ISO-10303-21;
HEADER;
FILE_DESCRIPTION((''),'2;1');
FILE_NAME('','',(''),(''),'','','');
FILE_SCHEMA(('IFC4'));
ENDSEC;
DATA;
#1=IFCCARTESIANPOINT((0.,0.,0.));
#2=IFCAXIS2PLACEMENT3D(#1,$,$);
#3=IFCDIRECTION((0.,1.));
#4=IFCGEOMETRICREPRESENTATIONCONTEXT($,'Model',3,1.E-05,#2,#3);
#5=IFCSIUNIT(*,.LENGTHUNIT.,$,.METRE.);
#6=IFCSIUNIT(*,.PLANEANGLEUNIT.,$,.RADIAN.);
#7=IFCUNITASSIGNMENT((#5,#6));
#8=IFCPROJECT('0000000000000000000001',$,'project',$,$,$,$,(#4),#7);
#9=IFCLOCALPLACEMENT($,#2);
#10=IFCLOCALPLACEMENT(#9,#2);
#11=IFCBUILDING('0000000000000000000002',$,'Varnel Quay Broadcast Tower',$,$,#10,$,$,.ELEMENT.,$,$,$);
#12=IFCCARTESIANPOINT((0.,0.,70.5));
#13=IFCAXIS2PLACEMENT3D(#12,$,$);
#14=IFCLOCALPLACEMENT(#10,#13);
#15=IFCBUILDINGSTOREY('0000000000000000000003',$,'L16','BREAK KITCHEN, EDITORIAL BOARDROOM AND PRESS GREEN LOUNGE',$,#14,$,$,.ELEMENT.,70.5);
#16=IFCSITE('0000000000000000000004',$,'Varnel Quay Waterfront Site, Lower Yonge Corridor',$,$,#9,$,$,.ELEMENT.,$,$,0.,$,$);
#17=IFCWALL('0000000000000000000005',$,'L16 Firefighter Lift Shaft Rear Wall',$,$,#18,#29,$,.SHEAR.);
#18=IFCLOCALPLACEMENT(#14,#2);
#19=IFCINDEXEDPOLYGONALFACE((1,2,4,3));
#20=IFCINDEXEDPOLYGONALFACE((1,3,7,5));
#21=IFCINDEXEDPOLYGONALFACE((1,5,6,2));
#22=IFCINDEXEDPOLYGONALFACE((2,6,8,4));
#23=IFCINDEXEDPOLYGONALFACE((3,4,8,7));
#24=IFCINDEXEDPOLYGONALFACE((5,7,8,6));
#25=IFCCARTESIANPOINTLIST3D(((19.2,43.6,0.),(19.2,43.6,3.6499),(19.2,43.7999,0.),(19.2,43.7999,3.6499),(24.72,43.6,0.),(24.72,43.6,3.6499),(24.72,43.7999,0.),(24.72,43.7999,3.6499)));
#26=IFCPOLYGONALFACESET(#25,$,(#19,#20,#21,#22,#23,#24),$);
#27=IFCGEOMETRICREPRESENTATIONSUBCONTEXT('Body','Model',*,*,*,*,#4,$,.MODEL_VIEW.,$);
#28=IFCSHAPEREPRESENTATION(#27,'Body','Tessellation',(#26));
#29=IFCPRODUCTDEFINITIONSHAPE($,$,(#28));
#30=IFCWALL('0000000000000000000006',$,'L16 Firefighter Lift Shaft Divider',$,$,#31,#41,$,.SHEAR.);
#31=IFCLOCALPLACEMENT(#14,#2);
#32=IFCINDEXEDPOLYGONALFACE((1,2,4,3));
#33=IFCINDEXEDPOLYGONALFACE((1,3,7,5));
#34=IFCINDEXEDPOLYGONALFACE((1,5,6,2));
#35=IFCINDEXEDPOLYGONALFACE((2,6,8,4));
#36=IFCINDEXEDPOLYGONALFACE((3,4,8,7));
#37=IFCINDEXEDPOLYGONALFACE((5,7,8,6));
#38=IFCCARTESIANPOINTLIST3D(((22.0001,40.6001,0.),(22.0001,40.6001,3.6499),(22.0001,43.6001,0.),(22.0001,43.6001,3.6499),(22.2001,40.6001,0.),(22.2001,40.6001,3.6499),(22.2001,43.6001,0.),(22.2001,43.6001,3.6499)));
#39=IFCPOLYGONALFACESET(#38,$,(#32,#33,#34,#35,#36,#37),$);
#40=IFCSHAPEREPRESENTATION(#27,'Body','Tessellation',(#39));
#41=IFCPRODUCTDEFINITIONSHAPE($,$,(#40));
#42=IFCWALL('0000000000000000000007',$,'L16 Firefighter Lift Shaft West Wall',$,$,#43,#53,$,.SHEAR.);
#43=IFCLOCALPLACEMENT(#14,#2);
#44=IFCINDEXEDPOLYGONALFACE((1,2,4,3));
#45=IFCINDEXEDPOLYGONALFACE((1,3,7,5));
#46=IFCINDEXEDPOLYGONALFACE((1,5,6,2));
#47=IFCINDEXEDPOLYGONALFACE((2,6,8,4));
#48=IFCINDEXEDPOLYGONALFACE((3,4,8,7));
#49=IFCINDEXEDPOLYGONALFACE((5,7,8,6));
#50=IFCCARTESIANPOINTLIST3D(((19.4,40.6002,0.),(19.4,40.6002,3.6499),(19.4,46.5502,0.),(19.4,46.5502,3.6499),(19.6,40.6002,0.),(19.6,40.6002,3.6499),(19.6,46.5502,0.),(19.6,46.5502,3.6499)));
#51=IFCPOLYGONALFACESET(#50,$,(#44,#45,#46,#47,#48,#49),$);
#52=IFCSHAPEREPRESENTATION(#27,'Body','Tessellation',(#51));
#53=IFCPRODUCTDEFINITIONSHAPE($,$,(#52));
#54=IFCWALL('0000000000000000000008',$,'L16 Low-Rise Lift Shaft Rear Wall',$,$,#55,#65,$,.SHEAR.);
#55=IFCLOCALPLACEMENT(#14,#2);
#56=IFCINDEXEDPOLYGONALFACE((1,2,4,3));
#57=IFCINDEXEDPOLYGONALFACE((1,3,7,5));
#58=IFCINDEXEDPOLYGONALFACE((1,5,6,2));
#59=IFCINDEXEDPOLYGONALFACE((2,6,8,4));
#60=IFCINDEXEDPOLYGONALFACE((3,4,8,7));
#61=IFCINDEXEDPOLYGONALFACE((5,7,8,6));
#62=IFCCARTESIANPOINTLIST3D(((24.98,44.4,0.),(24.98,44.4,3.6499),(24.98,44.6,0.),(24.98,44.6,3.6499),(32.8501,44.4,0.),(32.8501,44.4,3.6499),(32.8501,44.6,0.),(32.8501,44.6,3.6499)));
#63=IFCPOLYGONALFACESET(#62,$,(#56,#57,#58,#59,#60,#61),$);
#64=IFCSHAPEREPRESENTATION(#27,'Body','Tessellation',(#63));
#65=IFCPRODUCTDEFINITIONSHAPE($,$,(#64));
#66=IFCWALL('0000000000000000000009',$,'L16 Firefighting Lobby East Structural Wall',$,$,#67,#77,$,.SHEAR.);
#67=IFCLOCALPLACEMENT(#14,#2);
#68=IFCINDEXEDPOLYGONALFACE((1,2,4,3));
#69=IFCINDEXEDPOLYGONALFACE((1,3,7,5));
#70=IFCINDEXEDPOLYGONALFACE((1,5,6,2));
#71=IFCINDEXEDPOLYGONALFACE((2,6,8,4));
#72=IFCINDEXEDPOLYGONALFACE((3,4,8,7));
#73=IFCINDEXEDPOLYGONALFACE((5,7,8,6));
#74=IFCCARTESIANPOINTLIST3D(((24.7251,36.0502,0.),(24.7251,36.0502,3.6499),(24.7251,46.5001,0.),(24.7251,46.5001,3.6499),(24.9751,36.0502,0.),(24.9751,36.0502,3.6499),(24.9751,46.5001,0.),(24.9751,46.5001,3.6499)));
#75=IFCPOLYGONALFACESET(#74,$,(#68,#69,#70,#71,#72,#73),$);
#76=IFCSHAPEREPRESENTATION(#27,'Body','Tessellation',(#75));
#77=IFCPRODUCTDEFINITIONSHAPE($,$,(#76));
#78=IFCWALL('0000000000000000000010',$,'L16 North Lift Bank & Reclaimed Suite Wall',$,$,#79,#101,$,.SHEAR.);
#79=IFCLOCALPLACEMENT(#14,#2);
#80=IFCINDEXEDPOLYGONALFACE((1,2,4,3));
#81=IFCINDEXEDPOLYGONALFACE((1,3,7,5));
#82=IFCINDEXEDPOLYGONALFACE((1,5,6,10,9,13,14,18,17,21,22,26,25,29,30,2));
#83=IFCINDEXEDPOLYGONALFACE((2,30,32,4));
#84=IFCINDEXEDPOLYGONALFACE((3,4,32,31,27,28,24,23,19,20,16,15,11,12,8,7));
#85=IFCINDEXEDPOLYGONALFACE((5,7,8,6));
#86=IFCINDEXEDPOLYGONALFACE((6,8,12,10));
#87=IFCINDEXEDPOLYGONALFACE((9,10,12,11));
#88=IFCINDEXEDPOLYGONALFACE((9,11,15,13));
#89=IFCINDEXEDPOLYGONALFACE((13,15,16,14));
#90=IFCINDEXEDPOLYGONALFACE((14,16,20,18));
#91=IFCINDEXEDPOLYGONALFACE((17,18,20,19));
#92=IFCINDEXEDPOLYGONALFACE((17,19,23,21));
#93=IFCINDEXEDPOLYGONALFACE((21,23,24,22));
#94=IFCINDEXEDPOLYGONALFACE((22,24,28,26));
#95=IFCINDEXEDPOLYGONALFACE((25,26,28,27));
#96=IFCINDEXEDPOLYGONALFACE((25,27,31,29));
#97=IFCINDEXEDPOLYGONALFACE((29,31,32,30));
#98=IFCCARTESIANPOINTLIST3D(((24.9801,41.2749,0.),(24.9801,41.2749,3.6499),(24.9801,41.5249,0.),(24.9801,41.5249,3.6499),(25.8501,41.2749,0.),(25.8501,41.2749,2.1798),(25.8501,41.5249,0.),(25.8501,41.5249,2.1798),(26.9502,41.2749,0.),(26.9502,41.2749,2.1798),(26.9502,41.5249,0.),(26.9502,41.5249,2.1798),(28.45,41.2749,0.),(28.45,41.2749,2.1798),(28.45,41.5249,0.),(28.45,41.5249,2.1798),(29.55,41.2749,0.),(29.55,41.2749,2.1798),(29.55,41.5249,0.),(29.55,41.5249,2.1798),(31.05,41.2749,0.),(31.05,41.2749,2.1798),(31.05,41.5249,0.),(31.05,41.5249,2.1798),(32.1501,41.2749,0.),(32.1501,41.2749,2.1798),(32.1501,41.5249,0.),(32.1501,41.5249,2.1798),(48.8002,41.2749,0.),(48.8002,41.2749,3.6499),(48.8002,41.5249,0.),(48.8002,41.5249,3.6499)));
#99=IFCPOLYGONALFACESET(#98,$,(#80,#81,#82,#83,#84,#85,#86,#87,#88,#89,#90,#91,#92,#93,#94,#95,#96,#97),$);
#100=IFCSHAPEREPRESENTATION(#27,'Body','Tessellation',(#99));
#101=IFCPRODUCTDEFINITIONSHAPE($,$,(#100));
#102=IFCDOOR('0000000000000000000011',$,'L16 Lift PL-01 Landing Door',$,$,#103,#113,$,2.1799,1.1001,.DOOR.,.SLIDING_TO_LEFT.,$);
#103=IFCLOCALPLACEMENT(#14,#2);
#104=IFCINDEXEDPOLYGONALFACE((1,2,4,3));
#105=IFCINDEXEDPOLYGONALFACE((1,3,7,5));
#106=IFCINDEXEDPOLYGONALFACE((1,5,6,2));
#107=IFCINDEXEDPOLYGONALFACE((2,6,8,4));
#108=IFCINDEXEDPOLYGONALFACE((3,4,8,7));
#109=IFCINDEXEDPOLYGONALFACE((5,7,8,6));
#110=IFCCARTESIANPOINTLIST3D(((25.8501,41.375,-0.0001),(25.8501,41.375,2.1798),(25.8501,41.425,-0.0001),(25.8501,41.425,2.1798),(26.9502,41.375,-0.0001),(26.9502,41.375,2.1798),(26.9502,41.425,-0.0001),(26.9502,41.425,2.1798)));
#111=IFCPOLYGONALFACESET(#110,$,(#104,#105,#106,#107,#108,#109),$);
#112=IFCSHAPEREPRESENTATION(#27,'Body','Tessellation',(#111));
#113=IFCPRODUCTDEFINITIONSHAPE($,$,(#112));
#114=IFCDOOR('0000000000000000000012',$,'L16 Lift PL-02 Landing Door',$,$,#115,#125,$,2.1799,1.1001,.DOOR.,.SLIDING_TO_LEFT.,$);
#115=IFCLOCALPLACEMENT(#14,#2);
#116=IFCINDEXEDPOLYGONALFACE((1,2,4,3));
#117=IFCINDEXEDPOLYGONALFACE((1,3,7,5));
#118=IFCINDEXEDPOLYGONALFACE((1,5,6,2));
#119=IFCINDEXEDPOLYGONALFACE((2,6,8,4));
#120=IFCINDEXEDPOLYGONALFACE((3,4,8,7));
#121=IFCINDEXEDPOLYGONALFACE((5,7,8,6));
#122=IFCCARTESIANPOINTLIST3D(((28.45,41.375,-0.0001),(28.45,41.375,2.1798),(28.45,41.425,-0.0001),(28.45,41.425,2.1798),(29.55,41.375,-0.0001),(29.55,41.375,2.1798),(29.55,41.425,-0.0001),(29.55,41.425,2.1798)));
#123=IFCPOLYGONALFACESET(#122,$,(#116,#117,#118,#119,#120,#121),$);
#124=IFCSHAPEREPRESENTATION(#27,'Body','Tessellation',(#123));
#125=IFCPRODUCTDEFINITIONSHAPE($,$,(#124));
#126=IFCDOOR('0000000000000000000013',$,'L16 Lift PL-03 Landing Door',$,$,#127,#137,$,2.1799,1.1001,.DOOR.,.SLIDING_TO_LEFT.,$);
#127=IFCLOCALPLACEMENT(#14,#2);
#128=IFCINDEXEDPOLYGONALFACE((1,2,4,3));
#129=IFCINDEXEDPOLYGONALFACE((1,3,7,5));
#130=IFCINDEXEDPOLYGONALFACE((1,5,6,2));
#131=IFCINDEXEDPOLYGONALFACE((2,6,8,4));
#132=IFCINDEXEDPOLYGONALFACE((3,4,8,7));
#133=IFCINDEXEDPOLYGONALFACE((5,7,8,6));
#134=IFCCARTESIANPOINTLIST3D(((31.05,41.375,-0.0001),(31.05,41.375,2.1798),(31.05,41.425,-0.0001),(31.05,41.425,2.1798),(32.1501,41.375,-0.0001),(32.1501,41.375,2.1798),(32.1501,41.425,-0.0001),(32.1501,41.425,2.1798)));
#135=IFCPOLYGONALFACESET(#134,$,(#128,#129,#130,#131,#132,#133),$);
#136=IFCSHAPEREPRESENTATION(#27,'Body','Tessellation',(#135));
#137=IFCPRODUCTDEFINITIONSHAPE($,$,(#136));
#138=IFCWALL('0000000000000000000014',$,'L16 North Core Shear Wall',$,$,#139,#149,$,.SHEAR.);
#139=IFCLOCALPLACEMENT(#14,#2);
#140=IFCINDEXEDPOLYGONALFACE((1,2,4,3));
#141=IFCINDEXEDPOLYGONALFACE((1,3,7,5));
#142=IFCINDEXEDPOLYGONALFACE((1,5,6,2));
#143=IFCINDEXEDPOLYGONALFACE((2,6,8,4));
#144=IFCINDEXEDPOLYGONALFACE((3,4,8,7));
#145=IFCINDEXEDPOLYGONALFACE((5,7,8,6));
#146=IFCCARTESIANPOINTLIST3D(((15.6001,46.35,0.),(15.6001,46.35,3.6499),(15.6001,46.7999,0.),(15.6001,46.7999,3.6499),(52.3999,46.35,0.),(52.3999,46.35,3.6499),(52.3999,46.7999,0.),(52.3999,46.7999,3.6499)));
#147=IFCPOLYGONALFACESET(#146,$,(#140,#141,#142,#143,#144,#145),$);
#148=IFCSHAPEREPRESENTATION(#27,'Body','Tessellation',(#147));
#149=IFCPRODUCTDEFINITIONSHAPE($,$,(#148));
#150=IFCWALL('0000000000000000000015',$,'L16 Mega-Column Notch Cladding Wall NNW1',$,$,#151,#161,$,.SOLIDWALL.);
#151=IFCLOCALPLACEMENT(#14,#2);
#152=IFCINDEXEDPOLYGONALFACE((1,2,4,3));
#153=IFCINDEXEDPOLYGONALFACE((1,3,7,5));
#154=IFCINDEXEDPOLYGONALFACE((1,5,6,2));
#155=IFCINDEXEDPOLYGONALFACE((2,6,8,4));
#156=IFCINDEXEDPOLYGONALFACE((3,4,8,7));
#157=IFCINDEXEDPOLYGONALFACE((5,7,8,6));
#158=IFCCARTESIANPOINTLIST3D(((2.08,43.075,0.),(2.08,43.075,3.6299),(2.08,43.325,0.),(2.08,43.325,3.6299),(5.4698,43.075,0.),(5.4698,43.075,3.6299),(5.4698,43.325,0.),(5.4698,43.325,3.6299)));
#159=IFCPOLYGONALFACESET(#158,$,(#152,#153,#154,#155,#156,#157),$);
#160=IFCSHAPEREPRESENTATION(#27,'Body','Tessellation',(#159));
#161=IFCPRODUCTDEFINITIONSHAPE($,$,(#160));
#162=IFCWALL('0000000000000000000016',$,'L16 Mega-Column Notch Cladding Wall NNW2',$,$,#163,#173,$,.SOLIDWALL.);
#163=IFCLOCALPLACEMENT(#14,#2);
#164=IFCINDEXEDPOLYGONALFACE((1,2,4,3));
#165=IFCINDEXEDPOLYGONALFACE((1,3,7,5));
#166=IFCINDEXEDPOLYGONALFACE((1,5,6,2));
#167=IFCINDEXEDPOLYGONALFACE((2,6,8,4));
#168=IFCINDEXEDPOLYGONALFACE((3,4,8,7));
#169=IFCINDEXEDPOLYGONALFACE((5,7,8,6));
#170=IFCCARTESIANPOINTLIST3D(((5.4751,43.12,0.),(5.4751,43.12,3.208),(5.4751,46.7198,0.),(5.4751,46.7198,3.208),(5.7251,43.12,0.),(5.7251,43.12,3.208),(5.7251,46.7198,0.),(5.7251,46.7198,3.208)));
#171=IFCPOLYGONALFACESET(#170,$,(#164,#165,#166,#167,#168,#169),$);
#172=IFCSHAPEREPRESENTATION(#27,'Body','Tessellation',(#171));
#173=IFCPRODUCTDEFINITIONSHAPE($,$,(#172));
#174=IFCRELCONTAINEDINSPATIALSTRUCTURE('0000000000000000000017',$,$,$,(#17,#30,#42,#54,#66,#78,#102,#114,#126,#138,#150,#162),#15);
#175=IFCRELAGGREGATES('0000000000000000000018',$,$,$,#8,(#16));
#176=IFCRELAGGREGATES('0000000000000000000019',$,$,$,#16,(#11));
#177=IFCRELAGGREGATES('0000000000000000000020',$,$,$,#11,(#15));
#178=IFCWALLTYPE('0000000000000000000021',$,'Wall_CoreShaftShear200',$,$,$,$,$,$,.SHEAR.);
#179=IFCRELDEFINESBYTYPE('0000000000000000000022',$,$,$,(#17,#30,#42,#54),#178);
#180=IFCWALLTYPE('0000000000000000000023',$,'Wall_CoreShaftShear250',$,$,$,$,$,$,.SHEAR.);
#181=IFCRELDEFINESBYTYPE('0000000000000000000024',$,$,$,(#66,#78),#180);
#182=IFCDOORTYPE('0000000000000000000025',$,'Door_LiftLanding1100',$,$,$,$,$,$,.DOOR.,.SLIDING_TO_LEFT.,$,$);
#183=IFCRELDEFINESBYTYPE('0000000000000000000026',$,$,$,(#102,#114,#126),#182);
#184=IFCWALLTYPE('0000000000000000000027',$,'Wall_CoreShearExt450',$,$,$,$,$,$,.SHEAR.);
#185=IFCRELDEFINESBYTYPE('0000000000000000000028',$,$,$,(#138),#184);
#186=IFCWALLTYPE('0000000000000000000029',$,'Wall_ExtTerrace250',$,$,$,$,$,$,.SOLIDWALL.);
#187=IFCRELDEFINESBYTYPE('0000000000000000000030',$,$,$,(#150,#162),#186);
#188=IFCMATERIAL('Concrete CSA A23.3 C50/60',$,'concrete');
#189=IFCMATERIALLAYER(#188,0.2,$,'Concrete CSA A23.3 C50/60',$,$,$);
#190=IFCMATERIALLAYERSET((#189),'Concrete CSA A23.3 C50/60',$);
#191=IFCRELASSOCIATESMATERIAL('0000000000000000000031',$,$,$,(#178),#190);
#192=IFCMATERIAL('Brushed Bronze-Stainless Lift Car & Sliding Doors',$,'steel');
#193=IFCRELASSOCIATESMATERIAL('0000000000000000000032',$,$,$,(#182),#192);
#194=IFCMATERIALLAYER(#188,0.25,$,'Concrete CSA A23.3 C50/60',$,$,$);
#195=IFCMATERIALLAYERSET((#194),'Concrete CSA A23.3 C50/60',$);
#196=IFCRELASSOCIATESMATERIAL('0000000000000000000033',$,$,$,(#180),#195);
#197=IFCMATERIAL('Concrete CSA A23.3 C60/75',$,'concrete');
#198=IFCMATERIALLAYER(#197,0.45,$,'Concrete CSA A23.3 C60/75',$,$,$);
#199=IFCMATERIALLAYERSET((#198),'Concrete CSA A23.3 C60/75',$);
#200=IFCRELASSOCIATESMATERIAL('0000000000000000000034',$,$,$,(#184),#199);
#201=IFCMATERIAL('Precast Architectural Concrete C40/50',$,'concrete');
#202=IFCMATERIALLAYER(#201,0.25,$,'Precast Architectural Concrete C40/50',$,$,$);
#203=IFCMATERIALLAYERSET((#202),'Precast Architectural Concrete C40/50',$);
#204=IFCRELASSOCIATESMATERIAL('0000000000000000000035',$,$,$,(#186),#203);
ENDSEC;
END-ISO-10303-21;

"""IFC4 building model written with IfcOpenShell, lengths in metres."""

from ifc_helpers import new_model, si_unit, direction, frame, frame_2d, origin, place, context, subcontext, project, spatial, rectangle, extrude, source, transform, mapped, material, layer, layer_set, type_object, type_shapes, element, fill, save


model = new_model("IFC4")

# Units and contexts
model_context = context("Model", 3, precision=1e-05, world=origin(), true_north=direction((0.0, 1.0)))
body_context = subcontext(model_context, "Body", "Model", "MODEL_VIEW")
ifc_project = project(units=[si_unit("LENGTHUNIT", "METRE"), si_unit("PLANEANGLEUNIT", "RADIAN")], contexts=[model_context])

# Site, building, storey
site_placement = place(None, origin())
site = spatial("IfcSite", under=ifc_project, at=site_placement, Name="Varnel Quay Waterfront Site, Lower Yonge Corridor", CompositionType="ELEMENT", RefElevation=0.0)
building_placement = place(site_placement, origin())
building = spatial("IfcBuilding", under=site, at=building_placement, Name="Varnel Quay Broadcast Tower", CompositionType="ELEMENT")
storey_placement = place(building_placement, frame((0.0, 0.0, 70.5)))
storey = spatial("IfcBuildingStorey", under=building, at=storey_placement, Name="L16", Description="BREAK KITCHEN, EDITORIAL BOARDROOM AND PRESS GREEN LOUNGE", CompositionType="ELEMENT", Elevation=70.5)

# Shared definitions
ifc_material_1 = material(Name="Concrete CSA A23.3 C50/60", Category="concrete")
ifc_layer_1 = layer(ifc_material_1, 0.2, Name="Concrete CSA A23.3 C50/60")
ifc_layer_set_1 = layer_set([ifc_layer_1], Name="Concrete CSA A23.3 C50/60")
wall_type_1 = type_object("IfcWallType", Name="Wall_CoreShaftShear200", PredefinedType="SHEAR", material=ifc_layer_set_1)

# Shared definitions
ifc_material_2 = material(Name="Brushed Bronze-Stainless Lift Car & Sliding Doors", Category="steel")
door_type = type_object("IfcDoorType", Name="Door_LiftLanding1100", OperationType="SLIDING_TO_LEFT", PredefinedType="DOOR", material=ifc_material_2)
shared_shape_1 = source(origin(), body_context, "Body", "SweptSolid", [
    extrude(rectangle(XDim=1.1001, YDim=2.1799, at=frame_2d((0.55, 1.0898))), frame((0.0, 0.0249, 0.0), z_axis=(0.0, -1.0, 0.0), x_axis=(1.0, 0.0, 0.0)), (0.0, 0.0, 1.0), 0.05),
])
type_shapes(door_type, [shared_shape_1])

# Walls
wall_1_placement = place(storey_placement, frame((19.2, 43.7, 0.0), z_axis=(0.0, 0.0, 1.0), x_axis=(1.0, 0.0, 0.0)))
element("IfcWall", 1, at=wall_1_placement, inside=storey, type_object=wall_type_1, Name="L16 Firefighter Lift Shaft Rear Wall", PredefinedType="SHEAR", context=body_context, shape_type="SweptSolid", body=[
    extrude(rectangle(XDim=5.52, YDim=0.2, at=frame_2d((2.76, 0.0))), origin(), (0.0, 0.0, 1.0), 3.6499),
])
wall_2_placement = place(storey_placement, frame((22.1001, 40.6001, 0.0), z_axis=(0.0, 0.0, 1.0), x_axis=(0.0, 1.0, 0.0)))
element("IfcWall", 2, at=wall_2_placement, inside=storey, type_object=wall_type_1, Name="L16 Firefighter Lift Shaft Divider", PredefinedType="SHEAR", context=body_context, shape_type="SweptSolid", body=[
    extrude(rectangle(XDim=3.0, YDim=0.2, at=frame_2d((1.5, 0.0))), origin(), (0.0, 0.0, 1.0), 3.6499),
])
wall_3_placement = place(storey_placement, frame((19.5, 40.6001, 0.0), z_axis=(0.0, 0.0, 1.0), x_axis=(0.0, 1.0, 0.0)))
element("IfcWall", 3, at=wall_3_placement, inside=storey, type_object=wall_type_1, Name="L16 Firefighter Lift Shaft West Wall", PredefinedType="SHEAR", context=body_context, shape_type="SweptSolid", body=[
    extrude(rectangle(XDim=5.95, YDim=0.2, at=frame_2d((2.9751, 0.0))), origin(), (0.0, 0.0, 1.0), 3.6499),
])
wall_4_placement = place(storey_placement, frame((24.98, 44.5, 0.0), z_axis=(0.0, 0.0, 1.0), x_axis=(1.0, 0.0, 0.0)))
element("IfcWall", 4, at=wall_4_placement, inside=storey, type_object=wall_type_1, Name="L16 Low-Rise Lift Shaft Rear Wall", PredefinedType="SHEAR", context=body_context, shape_type="SweptSolid", body=[
    extrude(rectangle(XDim=7.8701, YDim=0.2, at=frame_2d((3.9351, 0.0))), origin(), (0.0, 0.0, 1.0), 3.6499),
])
ifc_layer_2 = layer(ifc_material_1, 0.25, Name="Concrete CSA A23.3 C50/60")
ifc_layer_set_2 = layer_set([ifc_layer_2], Name="Concrete CSA A23.3 C50/60")
wall_type_2 = type_object("IfcWallType", Name="Wall_CoreShaftShear250", PredefinedType="SHEAR", material=ifc_layer_set_2)
wall_5_placement = place(storey_placement, frame((24.8501, 36.05, 0.0), z_axis=(0.0, 0.0, 1.0), x_axis=(0.0, 1.0, 0.0)))
element("IfcWall", 5, at=wall_5_placement, inside=storey, type_object=wall_type_2, Name="L16 Firefighting Lobby East Structural Wall", PredefinedType="SHEAR", context=body_context, shape_type="SweptSolid", body=[
    extrude(rectangle(XDim=10.45, YDim=0.25, at=frame_2d((5.2251, 0.0))), origin(), (0.0, 0.0, 1.0), 3.6499),
])

# Wall, openings, doors
wall_6_placement = place(storey_placement, frame((24.98, 41.3999, 0.0), z_axis=(0.0, 0.0, 1.0), x_axis=(1.0, 0.0, 0.0)))
wall_6 = element("IfcWall", 6, at=wall_6_placement, inside=storey, type_object=wall_type_2, Name="L16 North Lift Bank & Reclaimed Suite Wall", PredefinedType="SHEAR", context=body_context, shape_type="SweptSolid", body=[
    extrude(rectangle(XDim=23.8201, YDim=0.25, at=frame_2d((11.9102, 0.0))), origin(), (0.0, 0.0, 1.0), 3.6499),
])
opening_1_placement = place(wall_6_placement, frame((0.8701, 0.0, 0.0)))
opening_1 = element("IfcOpeningElement", 7, at=opening_1_placement, cuts=wall_6, PredefinedType="OPENING", context=body_context, shape_type="SweptSolid", body=[
    extrude(rectangle(XDim=1.1001, YDim=2.1799, at=frame_2d((0.55, 1.0898))), frame((0.0, 0.135, 0.0), z_axis=(0.0, -1.0, 0.0), x_axis=(1.0, 0.0, 0.0)), (0.0, 0.0, 1.0), 0.27),
])
opening_2_placement = place(wall_6_placement, frame((3.47, 0.0, 0.0)))
opening_2 = element("IfcOpeningElement", 8, at=opening_2_placement, cuts=wall_6, PredefinedType="OPENING", context=body_context, shape_type="SweptSolid", body=[
    extrude(rectangle(XDim=1.1001, YDim=2.1799, at=frame_2d((0.55, 1.0898))), frame((0.0, 0.135, 0.0), z_axis=(0.0, -1.0, 0.0), x_axis=(1.0, 0.0, 0.0)), (0.0, 0.0, 1.0), 0.27),
])
opening_3_placement = place(wall_6_placement, frame((6.0701, 0.0, 0.0)))
opening_3 = element("IfcOpeningElement", 9, at=opening_3_placement, cuts=wall_6, PredefinedType="OPENING", context=body_context, shape_type="SweptSolid", body=[
    extrude(rectangle(XDim=1.1001, YDim=2.1799, at=frame_2d((0.55, 1.0898))), frame((0.0, 0.135, 0.0), z_axis=(0.0, -1.0, 0.0), x_axis=(1.0, 0.0, 0.0)), (0.0, 0.0, 1.0), 0.27),
])
door_1_placement = place(opening_1_placement, frame((1.1001, 0.0, 0.0), z_axis=(0.0, 0.0, 1.0), x_axis=(-1.0, 0.0, 0.0)))
door_1 = element("IfcDoor", 10, at=door_1_placement, inside=storey, type_object=door_type, Name="L16 Lift PL-01 Landing Door", OperationType="SLIDING_TO_LEFT", OverallHeight=2.1799, OverallWidth=1.1001, PredefinedType="DOOR", context=body_context, shape_type="MappedRepresentation", body=[
    mapped(shared_shape_1, transform((0.0, 0.0, 0.0), x_axis=(1.0, 0.0, 0.0), y_axis=(0.0, 1.0, 0.0), z_axis=(0.0, 0.0, 1.0), scale=1.0)),
])
fill(opening_1, door_1)
door_2_placement = place(opening_2_placement, frame((1.1001, 0.0, 0.0), z_axis=(0.0, 0.0, 1.0), x_axis=(-1.0, 0.0, 0.0)))
door_2 = element("IfcDoor", 11, at=door_2_placement, inside=storey, type_object=door_type, Name="L16 Lift PL-02 Landing Door", OperationType="SLIDING_TO_LEFT", OverallHeight=2.1799, OverallWidth=1.1001, PredefinedType="DOOR", context=body_context, shape_type="MappedRepresentation", body=[
    mapped(shared_shape_1, transform((0.0, 0.0, 0.0), x_axis=(1.0, 0.0, 0.0), y_axis=(0.0, 1.0, 0.0), z_axis=(0.0, 0.0, 1.0), scale=1.0)),
])
fill(opening_2, door_2)
door_3_placement = place(opening_3_placement, frame((1.1001, 0.0, 0.0), z_axis=(0.0, 0.0, 1.0), x_axis=(-1.0, 0.0, 0.0)))
door_3 = element("IfcDoor", 12, at=door_3_placement, inside=storey, type_object=door_type, Name="L16 Lift PL-03 Landing Door", OperationType="SLIDING_TO_LEFT", OverallHeight=2.1799, OverallWidth=1.1001, PredefinedType="DOOR", context=body_context, shape_type="MappedRepresentation", body=[
    mapped(shared_shape_1, transform((0.0, 0.0, 0.0), x_axis=(1.0, 0.0, 0.0), y_axis=(0.0, 1.0, 0.0), z_axis=(0.0, 0.0, 1.0), scale=1.0)),
])
fill(opening_3, door_3)

# Walls
ifc_material_3 = material(Name="Concrete CSA A23.3 C60/75", Category="concrete")
ifc_layer_3 = layer(ifc_material_3, 0.45, Name="Concrete CSA A23.3 C60/75")
ifc_layer_set_3 = layer_set([ifc_layer_3], Name="Concrete CSA A23.3 C60/75")
wall_type_3 = type_object("IfcWallType", Name="Wall_CoreShearExt450", PredefinedType="SHEAR", material=ifc_layer_set_3)
wall_7_placement = place(storey_placement, frame((15.6001, 46.575, 0.0), z_axis=(0.0, 0.0, 1.0), x_axis=(1.0, 0.0, 0.0)))
element("IfcWall", 13, at=wall_7_placement, inside=storey, type_object=wall_type_3, Name="L16 North Core Shear Wall", PredefinedType="SHEAR", context=body_context, shape_type="SweptSolid", body=[
    extrude(rectangle(XDim=36.7998, YDim=0.45, at=frame_2d((18.3999, 0.0))), origin(), (0.0, 0.0, 1.0), 3.6499),
])
ifc_material_4 = material(Name="Precast Architectural Concrete C40/50", Category="concrete")
ifc_layer_4 = layer(ifc_material_4, 0.25, Name="Precast Architectural Concrete C40/50")
ifc_layer_set_4 = layer_set([ifc_layer_4], Name="Precast Architectural Concrete C40/50")
wall_type_4 = type_object("IfcWallType", Name="Wall_ExtTerrace250", PredefinedType="SOLIDWALL", material=ifc_layer_set_4)
wall_8_placement = place(storey_placement, frame((2.0801, 43.2, 0.0), z_axis=(0.0, 0.0, 1.0), x_axis=(1.0, 0.0, 0.0)))
element("IfcWall", 14, at=wall_8_placement, inside=storey, type_object=wall_type_4, Name="L16 Mega-Column Notch Cladding Wall NNW1", PredefinedType="SOLIDWALL", context=body_context, shape_type="SweptSolid", body=[
    extrude(rectangle(XDim=3.3899, YDim=0.25, at=frame_2d((1.6948, 0.0))), origin(), (0.0, 0.0, 1.0), 3.6299),
])
wall_9_placement = place(storey_placement, frame((5.6001, 43.1201, 0.0), z_axis=(0.0, 0.0, 1.0), x_axis=(0.0, 1.0, 0.0)))
element("IfcWall", 15, at=wall_9_placement, inside=storey, type_object=wall_type_4, Name="L16 Mega-Column Notch Cladding Wall NNW2", PredefinedType="SOLIDWALL", context=body_context, shape_type="SweptSolid", body=[
    extrude(rectangle(XDim=3.5999, YDim=0.25, at=frame_2d((1.7998, 0.0))), origin(), (0.0, 0.0, 1.0), 3.208),
])

save(model, "model.ifc")
